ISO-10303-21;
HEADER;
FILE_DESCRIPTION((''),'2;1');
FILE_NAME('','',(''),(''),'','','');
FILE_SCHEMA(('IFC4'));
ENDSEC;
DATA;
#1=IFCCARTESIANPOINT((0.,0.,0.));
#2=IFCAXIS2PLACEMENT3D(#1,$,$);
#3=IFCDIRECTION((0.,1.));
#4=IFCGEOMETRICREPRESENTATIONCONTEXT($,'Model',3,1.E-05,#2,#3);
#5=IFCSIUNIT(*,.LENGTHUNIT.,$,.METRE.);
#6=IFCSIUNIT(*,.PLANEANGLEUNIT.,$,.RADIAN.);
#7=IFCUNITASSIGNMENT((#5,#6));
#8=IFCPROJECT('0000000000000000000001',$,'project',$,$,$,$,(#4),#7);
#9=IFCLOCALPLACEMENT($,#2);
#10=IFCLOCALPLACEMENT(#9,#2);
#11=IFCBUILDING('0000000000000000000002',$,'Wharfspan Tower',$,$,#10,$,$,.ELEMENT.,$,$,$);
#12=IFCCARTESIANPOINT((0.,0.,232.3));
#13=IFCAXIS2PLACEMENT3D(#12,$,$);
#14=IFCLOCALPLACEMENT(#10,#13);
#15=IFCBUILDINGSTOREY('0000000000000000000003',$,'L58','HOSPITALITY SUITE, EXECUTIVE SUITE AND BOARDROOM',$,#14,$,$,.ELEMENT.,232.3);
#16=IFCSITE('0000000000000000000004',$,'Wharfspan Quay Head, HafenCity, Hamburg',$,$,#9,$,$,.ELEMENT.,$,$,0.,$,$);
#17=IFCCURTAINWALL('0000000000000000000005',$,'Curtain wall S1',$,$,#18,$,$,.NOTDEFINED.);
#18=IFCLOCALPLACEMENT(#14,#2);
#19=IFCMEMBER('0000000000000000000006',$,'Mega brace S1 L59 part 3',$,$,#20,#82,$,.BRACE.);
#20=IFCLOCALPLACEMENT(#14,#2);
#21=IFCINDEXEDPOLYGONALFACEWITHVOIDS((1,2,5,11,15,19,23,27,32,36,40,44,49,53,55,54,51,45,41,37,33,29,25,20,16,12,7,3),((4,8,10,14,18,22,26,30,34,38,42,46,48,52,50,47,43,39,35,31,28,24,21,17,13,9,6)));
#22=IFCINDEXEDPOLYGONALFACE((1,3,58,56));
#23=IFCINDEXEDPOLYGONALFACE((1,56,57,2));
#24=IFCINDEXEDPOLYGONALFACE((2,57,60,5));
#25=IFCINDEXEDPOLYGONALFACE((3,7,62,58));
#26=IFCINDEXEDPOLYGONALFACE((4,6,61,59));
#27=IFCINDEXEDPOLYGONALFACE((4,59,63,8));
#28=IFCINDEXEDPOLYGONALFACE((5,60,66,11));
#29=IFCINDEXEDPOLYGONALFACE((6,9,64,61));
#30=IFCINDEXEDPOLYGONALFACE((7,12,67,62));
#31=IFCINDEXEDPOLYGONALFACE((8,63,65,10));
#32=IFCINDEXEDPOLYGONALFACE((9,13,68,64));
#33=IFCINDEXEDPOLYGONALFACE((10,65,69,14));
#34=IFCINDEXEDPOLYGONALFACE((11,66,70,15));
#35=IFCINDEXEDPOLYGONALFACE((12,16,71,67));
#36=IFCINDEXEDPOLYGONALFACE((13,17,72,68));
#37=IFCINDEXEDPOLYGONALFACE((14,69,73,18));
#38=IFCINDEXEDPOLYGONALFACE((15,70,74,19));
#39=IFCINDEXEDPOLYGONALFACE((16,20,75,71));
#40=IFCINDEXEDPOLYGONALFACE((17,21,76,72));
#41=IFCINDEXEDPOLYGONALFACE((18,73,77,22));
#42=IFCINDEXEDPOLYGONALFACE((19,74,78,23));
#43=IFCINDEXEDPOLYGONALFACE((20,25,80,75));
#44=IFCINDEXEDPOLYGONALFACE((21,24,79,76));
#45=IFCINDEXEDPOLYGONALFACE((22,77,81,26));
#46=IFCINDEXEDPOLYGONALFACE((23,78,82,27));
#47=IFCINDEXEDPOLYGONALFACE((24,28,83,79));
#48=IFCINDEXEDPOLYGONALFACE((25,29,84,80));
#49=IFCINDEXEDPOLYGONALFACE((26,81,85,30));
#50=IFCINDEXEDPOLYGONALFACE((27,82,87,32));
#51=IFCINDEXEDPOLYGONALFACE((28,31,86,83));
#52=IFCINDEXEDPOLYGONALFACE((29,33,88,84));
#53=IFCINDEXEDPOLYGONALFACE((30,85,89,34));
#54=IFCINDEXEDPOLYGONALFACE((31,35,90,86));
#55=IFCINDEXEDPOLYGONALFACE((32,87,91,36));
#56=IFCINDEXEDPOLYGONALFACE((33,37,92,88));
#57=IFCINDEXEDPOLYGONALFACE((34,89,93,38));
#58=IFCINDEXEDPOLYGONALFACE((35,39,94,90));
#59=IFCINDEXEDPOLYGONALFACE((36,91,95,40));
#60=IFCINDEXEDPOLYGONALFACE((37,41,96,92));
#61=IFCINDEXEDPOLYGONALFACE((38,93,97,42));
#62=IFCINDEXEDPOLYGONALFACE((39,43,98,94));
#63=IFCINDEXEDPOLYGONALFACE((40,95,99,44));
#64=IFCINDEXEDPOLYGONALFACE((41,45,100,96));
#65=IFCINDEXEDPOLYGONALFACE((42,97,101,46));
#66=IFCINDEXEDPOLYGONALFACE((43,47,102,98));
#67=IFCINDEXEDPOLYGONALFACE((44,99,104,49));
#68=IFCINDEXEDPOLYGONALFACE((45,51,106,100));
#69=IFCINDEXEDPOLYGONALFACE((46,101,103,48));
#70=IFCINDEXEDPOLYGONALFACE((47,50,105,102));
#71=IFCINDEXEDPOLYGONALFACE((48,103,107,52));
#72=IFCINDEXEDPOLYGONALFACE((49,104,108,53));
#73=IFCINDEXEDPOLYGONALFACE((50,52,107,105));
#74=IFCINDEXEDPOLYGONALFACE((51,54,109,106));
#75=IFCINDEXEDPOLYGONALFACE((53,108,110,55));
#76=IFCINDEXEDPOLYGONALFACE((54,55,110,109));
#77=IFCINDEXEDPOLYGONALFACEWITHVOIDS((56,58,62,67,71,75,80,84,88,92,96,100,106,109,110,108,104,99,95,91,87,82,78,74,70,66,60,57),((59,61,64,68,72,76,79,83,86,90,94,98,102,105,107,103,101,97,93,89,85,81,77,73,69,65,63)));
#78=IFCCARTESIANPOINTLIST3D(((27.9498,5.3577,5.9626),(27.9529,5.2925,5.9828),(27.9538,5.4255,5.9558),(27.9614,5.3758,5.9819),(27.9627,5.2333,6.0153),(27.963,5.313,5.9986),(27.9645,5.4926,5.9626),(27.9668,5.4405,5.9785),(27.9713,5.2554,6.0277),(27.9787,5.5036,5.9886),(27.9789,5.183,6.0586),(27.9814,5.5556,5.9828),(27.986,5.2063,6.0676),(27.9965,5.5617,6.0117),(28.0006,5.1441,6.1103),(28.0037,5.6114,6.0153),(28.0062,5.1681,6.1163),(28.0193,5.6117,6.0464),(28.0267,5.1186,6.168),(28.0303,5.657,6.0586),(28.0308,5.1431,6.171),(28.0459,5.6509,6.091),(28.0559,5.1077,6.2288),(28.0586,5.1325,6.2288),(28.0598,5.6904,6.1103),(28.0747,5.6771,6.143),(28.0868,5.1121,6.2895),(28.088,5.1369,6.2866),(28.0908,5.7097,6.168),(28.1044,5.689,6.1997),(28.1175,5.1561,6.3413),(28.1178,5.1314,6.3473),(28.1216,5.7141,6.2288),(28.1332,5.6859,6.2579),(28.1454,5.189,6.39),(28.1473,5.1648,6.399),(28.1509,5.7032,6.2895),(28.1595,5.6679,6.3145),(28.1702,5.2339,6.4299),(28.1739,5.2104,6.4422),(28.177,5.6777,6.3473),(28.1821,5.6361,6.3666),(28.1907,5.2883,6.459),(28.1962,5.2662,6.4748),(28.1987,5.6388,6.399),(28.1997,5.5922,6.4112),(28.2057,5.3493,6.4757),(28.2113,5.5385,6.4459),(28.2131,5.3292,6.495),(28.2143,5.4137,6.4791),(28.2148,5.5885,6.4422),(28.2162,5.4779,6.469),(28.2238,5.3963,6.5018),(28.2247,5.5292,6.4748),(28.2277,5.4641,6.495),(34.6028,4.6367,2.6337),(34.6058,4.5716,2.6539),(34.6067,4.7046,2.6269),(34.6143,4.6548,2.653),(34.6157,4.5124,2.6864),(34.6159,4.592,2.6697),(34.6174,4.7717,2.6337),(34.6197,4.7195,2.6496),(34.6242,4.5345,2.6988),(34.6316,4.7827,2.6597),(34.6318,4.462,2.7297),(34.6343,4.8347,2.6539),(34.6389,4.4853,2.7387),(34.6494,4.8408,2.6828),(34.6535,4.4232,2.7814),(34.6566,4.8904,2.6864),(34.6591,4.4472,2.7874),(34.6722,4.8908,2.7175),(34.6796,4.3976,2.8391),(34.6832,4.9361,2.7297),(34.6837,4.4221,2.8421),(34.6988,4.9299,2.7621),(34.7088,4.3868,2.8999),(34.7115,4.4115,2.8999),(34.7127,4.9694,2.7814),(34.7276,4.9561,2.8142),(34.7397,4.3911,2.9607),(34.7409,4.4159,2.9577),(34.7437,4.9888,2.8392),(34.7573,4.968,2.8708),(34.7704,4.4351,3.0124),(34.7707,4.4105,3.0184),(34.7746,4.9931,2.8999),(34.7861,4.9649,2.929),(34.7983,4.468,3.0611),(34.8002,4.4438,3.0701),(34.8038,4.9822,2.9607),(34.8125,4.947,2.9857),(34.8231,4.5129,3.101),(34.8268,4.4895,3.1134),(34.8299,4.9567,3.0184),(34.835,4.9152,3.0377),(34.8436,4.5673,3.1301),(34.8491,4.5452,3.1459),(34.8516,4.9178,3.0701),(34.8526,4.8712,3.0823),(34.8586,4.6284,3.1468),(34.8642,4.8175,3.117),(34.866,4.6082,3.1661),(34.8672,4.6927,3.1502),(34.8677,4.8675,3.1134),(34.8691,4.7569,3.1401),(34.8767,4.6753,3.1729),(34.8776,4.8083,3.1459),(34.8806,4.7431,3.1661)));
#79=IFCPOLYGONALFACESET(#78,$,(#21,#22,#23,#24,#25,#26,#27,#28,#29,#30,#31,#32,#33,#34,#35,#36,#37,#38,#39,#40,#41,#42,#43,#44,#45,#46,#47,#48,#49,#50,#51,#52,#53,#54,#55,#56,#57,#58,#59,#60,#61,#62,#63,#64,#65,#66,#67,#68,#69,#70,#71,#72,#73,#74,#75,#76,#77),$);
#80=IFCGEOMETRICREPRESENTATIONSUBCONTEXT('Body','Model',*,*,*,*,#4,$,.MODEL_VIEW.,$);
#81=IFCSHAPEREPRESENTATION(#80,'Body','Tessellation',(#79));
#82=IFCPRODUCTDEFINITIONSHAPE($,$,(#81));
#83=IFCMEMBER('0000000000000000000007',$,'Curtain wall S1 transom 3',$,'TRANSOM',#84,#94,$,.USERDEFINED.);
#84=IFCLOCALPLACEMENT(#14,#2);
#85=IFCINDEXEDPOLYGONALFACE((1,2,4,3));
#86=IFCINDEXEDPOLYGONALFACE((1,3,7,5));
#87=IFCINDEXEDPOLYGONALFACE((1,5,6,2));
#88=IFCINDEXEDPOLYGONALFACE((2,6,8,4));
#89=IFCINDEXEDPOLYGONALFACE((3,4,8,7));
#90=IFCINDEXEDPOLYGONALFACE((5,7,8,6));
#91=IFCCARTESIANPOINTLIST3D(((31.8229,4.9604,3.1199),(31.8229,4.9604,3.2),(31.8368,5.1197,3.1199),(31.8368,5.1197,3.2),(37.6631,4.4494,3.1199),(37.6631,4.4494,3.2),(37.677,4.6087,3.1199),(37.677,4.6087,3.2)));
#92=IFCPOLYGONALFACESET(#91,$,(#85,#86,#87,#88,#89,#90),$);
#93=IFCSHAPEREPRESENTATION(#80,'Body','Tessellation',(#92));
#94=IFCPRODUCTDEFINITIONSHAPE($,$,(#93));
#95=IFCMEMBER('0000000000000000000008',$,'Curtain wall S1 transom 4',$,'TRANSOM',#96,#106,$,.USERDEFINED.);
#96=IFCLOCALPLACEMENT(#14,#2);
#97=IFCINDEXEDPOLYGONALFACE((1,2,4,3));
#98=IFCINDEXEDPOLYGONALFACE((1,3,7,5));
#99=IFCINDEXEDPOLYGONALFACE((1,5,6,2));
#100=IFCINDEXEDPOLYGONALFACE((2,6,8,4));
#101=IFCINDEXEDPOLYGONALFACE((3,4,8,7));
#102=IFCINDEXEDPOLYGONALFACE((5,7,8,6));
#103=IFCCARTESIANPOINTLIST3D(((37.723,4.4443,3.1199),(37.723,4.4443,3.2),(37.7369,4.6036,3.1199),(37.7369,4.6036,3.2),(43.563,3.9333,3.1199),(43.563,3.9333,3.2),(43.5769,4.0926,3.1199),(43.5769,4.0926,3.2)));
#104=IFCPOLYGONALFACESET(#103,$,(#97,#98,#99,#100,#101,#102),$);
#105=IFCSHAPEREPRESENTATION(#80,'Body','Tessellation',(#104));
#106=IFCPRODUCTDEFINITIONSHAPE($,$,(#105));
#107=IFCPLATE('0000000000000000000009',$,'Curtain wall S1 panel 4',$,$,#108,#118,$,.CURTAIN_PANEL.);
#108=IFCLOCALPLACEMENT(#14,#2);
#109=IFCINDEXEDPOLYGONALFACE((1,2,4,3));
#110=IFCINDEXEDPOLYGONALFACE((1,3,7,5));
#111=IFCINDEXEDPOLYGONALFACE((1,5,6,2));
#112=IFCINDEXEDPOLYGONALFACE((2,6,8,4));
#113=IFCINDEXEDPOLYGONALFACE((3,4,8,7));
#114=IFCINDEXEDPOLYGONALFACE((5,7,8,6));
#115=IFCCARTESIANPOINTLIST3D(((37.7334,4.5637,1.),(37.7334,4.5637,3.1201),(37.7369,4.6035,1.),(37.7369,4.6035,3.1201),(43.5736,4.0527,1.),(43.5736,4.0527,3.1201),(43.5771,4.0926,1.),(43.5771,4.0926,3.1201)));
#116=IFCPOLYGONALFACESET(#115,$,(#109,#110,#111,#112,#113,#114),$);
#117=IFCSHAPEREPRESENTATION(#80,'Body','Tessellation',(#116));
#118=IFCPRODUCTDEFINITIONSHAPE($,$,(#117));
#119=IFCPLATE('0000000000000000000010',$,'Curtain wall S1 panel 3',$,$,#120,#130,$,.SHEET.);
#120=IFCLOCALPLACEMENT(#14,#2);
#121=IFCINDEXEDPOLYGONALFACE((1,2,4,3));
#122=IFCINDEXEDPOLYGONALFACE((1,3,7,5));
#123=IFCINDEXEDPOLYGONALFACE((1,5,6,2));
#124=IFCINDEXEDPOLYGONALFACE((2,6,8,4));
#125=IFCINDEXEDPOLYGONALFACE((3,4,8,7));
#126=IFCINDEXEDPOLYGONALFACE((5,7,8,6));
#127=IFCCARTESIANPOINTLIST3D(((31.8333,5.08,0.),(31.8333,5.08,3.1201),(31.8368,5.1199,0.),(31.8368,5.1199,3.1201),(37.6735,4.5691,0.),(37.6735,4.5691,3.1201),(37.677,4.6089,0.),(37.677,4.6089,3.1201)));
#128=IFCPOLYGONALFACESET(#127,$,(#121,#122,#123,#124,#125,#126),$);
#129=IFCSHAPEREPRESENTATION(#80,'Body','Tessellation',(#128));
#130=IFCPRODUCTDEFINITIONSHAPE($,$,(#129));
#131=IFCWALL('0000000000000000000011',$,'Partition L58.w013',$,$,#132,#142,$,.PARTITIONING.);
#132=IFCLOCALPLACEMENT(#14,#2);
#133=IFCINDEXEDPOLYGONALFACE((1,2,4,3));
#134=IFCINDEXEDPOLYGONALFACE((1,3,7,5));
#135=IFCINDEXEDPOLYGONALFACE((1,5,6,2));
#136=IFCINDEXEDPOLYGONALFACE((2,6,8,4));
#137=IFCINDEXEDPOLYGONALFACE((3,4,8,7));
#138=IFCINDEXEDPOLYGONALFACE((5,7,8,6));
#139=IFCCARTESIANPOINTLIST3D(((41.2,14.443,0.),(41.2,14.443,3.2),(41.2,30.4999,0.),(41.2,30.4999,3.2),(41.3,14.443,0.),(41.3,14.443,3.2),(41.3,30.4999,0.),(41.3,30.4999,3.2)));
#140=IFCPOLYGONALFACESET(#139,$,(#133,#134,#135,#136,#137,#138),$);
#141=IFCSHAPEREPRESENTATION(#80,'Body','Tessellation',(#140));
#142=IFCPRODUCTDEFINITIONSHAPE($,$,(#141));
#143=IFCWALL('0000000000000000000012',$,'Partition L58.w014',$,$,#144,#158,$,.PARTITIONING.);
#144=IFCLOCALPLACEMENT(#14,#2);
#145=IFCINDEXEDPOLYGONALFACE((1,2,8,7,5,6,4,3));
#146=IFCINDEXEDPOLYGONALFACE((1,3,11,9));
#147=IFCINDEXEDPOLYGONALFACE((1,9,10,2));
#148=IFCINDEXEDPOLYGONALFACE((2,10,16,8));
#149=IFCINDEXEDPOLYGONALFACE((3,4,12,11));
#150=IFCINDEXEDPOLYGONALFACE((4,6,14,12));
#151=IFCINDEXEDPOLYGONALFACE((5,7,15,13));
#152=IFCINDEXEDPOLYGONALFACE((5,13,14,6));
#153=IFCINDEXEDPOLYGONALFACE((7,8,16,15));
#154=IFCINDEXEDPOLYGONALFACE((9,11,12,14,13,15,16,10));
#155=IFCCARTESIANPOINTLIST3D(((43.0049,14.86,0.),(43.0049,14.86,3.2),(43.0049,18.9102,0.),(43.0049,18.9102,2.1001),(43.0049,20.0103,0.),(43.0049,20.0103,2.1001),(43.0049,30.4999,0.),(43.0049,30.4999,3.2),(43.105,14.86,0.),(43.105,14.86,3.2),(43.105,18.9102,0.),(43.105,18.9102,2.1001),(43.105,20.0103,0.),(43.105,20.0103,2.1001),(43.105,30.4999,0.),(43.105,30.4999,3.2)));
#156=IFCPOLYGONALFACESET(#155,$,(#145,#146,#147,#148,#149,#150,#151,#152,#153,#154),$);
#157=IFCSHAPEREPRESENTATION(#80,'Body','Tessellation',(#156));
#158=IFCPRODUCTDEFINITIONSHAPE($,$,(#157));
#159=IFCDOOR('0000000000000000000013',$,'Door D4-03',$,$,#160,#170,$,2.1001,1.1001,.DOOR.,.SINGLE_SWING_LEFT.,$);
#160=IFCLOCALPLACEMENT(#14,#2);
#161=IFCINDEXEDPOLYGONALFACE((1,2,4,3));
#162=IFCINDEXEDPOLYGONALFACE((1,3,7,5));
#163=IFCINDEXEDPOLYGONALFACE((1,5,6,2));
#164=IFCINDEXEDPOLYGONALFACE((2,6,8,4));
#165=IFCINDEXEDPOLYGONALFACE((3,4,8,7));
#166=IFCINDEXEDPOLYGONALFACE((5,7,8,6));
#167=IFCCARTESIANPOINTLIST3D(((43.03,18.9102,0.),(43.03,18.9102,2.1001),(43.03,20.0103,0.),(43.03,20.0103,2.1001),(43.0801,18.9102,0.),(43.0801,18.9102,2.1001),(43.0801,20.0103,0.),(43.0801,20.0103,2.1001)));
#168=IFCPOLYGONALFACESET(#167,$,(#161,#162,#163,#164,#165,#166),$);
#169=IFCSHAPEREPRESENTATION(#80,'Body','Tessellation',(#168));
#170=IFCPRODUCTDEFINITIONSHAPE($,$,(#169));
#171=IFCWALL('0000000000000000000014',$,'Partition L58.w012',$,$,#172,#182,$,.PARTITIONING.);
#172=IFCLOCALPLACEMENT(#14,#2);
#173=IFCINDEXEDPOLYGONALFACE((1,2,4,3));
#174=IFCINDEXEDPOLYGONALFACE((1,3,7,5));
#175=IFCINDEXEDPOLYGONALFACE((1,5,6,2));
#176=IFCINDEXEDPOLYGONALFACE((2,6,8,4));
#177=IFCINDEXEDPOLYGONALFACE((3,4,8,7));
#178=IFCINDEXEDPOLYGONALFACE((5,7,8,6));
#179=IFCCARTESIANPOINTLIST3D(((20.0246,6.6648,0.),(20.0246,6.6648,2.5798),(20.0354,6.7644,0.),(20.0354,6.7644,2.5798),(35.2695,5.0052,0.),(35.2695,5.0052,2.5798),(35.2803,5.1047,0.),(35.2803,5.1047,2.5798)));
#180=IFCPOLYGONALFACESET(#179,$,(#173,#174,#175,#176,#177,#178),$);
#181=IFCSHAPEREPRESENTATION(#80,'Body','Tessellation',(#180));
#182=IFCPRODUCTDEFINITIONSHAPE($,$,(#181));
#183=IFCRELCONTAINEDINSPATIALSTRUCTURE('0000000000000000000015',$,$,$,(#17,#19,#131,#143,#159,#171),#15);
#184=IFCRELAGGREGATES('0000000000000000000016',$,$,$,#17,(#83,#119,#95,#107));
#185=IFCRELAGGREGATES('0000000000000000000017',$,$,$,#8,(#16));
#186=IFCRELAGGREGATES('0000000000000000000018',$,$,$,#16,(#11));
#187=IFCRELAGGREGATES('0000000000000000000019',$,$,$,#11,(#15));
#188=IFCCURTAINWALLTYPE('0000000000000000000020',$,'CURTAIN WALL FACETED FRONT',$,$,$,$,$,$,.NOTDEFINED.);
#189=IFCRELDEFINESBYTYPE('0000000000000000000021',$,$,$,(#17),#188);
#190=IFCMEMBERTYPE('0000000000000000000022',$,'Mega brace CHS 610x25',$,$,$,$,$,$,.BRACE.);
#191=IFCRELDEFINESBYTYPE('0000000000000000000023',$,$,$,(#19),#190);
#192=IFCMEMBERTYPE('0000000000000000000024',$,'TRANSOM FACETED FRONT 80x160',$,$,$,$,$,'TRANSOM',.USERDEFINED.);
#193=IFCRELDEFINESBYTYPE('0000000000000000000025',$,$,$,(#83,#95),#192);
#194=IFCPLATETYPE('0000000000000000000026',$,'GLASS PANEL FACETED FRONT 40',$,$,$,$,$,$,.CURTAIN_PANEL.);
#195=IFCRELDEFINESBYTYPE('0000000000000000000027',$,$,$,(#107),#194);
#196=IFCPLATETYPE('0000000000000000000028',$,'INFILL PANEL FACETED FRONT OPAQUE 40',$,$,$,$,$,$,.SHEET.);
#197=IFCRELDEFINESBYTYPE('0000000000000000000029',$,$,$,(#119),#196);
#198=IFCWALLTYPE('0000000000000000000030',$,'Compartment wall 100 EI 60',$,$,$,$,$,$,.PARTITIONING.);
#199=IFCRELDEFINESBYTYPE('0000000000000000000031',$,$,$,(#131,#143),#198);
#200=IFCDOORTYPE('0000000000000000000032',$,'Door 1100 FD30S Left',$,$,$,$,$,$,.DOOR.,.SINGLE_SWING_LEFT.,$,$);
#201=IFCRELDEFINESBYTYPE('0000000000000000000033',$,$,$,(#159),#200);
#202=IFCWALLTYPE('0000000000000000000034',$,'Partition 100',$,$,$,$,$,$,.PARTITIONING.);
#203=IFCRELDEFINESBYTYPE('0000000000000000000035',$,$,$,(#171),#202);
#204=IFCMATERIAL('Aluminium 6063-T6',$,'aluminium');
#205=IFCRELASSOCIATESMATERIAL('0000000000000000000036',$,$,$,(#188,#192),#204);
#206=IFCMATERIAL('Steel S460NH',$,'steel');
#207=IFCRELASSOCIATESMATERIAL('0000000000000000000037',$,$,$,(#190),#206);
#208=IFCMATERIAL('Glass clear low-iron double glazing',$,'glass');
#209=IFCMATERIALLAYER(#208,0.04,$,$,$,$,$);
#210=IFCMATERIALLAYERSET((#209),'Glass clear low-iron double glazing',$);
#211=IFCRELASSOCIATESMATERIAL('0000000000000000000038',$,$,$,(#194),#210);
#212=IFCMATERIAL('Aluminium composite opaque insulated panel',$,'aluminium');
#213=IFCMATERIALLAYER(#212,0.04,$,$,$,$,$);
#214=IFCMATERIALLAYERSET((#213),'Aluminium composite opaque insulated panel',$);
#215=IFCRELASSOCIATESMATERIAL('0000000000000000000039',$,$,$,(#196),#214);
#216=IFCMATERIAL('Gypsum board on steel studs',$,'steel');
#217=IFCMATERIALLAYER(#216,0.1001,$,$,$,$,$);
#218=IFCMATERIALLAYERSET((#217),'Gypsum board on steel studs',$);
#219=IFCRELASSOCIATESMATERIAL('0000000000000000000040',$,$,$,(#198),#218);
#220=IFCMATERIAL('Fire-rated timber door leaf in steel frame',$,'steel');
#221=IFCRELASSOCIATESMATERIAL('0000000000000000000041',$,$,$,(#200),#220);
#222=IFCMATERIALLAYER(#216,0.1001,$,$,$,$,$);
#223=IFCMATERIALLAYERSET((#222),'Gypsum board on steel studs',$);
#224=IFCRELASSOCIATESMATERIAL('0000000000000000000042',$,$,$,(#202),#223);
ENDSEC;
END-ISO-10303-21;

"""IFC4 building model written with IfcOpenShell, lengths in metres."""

from ifc_helpers import new_model, si_unit, direction, frame, frame_2d, origin, origin_2d, place, context, subcontext, project, spatial, rectangle, hollow_circle, extrude, material, layer, layer_set, material_profile, profile_set, type_object, element, fill, aggregate, save


model = new_model("IFC4")

# Units and contexts
model_context = context("Model", 3, precision=1e-05, world=origin(), true_north=direction((0.0, 1.0)))
body_context = subcontext(model_context, "Body", "Model", "MODEL_VIEW")
ifc_project = project(units=[si_unit("LENGTHUNIT", "METRE"), si_unit("PLANEANGLEUNIT", "RADIAN")], contexts=[model_context])

# Site, building, storey
site_placement = place(None, origin())
site = spatial("IfcSite", under=ifc_project, at=site_placement, Name="Wharfspan Quay Head, HafenCity, Hamburg", CompositionType="ELEMENT", RefElevation=0.0)
building_placement = place(site_placement, origin())
building = spatial("IfcBuilding", under=site, at=building_placement, Name="Wharfspan Tower", CompositionType="ELEMENT")
storey_placement = place(building_placement, frame((0.0, 0.0, 232.3)))
storey = spatial("IfcBuildingStorey", under=building, at=storey_placement, Name="L58", Description="HOSPITALITY SUITE, EXECUTIVE SUITE AND BOARDROOM", CompositionType="ELEMENT", Elevation=232.3)

# Curtain wall
ifc_material_1 = material(Name="Aluminium 6063-T6", Category="aluminium")
curtain_wall_type = type_object("IfcCurtainWallType", Name="CURTAIN WALL FACETED FRONT", PredefinedType="NOTDEFINED", material=ifc_material_1)
curtain_wall_placement = place(storey_placement, origin())
curtain_wall = element("IfcCurtainWall", 1, at=curtain_wall_placement, inside=storey, type_object=curtain_wall_type, Name="Curtain wall S1", PredefinedType="NOTDEFINED")

# Members
ifc_material_2 = material(Name="Steel S460NH", Category="steel")
ifc_material_profile_1 = material_profile(ifc_material_2, hollow_circle(Radius=0.3049, WallThickness=0.0249, at=origin_2d()))
ifc_profile_set_1 = profile_set([ifc_material_profile_1], Name="Steel S460NH")
member_type_1 = type_object("IfcMemberType", Name="Mega brace CHS 610x25", PredefinedType="BRACE", material=ifc_profile_set_1)
member_1_placement = place(storey_placement, frame((34.7417, 4.6899, 2.8999), z_axis=(-0.890126, 0.09646, 0.445389), x_axis=(-0.107737, -0.99418, -0.000002)))
element("IfcMember", 2, at=member_1_placement, inside=storey, type_object=member_type_1, Name="Mega brace S1 L59 part 3", PredefinedType="BRACE", context=body_context, shape_type="SweptSolid", body=[
    extrude(hollow_circle(Radius=0.3049, WallThickness=0.0249, at=origin_2d()), origin(), (0.0, 0.0, 1.0), 7.4741),
])
ifc_material_profile_2 = material_profile(ifc_material_1, rectangle(XDim=0.1599, YDim=0.0801, at=origin_2d()))
ifc_profile_set_2 = profile_set([ifc_material_profile_2], Name="Aluminium 6063-T6")
member_type_2 = type_object("IfcMemberType", Name="TRANSOM FACETED FRONT 80x160", ElementType="TRANSOM", PredefinedType="USERDEFINED", material=ifc_profile_set_2)
member_2_placement = place(storey_placement, frame((31.8298, 5.04, 3.1599), z_axis=(0.996194, -0.08716, 0.0), x_axis=(0.08716, 0.996194, 0.0)))
member_2 = element("IfcMember", 3, at=member_2_placement, type_object=member_type_2, Name="Curtain wall S1 transom 3", ObjectType="TRANSOM", PredefinedType="USERDEFINED", context=body_context, shape_type="SweptSolid", body=[
    extrude(rectangle(XDim=0.1599, YDim=0.0801, at=origin_2d()), origin(), (0.0, 0.0, 1.0), 5.8625),
])
member_3_placement = place(storey_placement, frame((37.73, 4.5239, 3.1599), z_axis=(0.996194, -0.087163, 0.0), x_axis=(0.087163, 0.996194, 0.0)))
member_3 = element("IfcMember", 4, at=member_3_placement, type_object=member_type_2, Name="Curtain wall S1 transom 4", ObjectType="TRANSOM", PredefinedType="USERDEFINED", context=body_context, shape_type="SweptSolid", body=[
    extrude(rectangle(XDim=0.1599, YDim=0.0801, at=origin_2d()), origin(), (0.0, 0.0, 1.0), 5.8623),
])

# Plates
ifc_material_3 = material(Name="Glass clear low-iron double glazing", Category="glass")
ifc_layer_1 = layer(ifc_material_3, 0.04)
ifc_layer_set_1 = layer_set([ifc_layer_1], Name="Glass clear low-iron double glazing")
plate_type_1 = type_object("IfcPlateType", Name="GLASS PANEL FACETED FRONT 40", PredefinedType="CURTAIN_PANEL", material=ifc_layer_set_1)
plate_1_placement = place(storey_placement, frame((40.6553, 4.3281, 1.0), z_axis=(0.0, 0.0, 1.0), x_axis=(0.996197, -0.087156, 0.0)))
plate_1 = element("IfcPlate", 5, at=plate_1_placement, type_object=plate_type_1, Name="Curtain wall S1 panel 4", PredefinedType="CURTAIN_PANEL", context=body_context, shape_type="SweptSolid", body=[
    extrude(rectangle(XDim=5.8625, YDim=0.04, at=origin_2d()), origin(), (0.0, 0.0, 1.0), 2.1201),
])
ifc_material_4 = material(Name="Aluminium composite opaque insulated panel", Category="aluminium")
ifc_layer_2 = layer(ifc_material_4, 0.04)
ifc_layer_set_2 = layer_set([ifc_layer_2], Name="Aluminium composite opaque insulated panel")
plate_type_2 = type_object("IfcPlateType", Name="INFILL PANEL FACETED FRONT OPAQUE 40", PredefinedType="SHEET", material=ifc_layer_set_2)
plate_2_placement = place(storey_placement, frame((34.7551, 4.8445, 0.0), z_axis=(0.0, 0.0, 1.0), x_axis=(0.996197, -0.087156, 0.0)))
plate_2 = element("IfcPlate", 6, at=plate_2_placement, type_object=plate_type_2, Name="Curtain wall S1 panel 3", PredefinedType="SHEET", context=body_context, shape_type="SweptSolid", body=[
    extrude(rectangle(XDim=5.8625, YDim=0.04, at=origin_2d()), origin(), (0.0, 0.0, 1.0), 3.1201),
])
aggregate(curtain_wall, [member_2, plate_2, member_3, plate_1])

# Wall
ifc_material_5 = material(Name="Gypsum board on steel studs", Category="steel")
ifc_layer_3 = layer(ifc_material_5, 0.1001)
ifc_layer_set_3 = layer_set([ifc_layer_3], Name="Gypsum board on steel studs")
wall_type_1 = type_object("IfcWallType", Name="Compartment wall 100 EI 60", PredefinedType="PARTITIONING", material=ifc_layer_set_3)
wall_1_placement = place(storey_placement, frame((41.25, 14.4431, 0.0), z_axis=(0.0, 0.0, 1.0), x_axis=(0.0, 1.0, 0.0)))
element("IfcWall", 7, at=wall_1_placement, inside=storey, type_object=wall_type_1, Name="Partition L58.w013", PredefinedType="PARTITIONING", context=body_context, shape_type="SweptSolid", body=[
    extrude(rectangle(XDim=16.0569, YDim=0.1001, at=frame_2d((8.0283, 0.0))), origin(), (0.0, 0.0, 1.0), 3.2),
])

# Wall, opening, door
wall_2_placement = place(storey_placement, frame((43.0549, 14.8601, 0.0), z_axis=(0.0, 0.0, 1.0), x_axis=(0.0, 1.0, 0.0)))
wall_2 = element("IfcWall", 8, at=wall_2_placement, inside=storey, type_object=wall_type_1, Name="Partition L58.w014", PredefinedType="PARTITIONING", context=body_context, shape_type="SweptSolid", body=[
    extrude(rectangle(XDim=15.6399, YDim=0.1001, at=frame_2d((7.8198, 0.0))), origin(), (0.0, 0.0, 1.0), 3.2),
])
opening_1_placement = place(wall_2_placement, frame((4.05, 0.0, 0.0)))
opening_1 = element("IfcOpeningElement", 9, at=opening_1_placement, cuts=wall_2, PredefinedType="OPENING", context=body_context, shape_type="SweptSolid", body=[
    extrude(rectangle(XDim=1.1001, YDim=2.1001, at=frame_2d((0.55, 1.05))), frame((0.0, 0.0601, 0.0), z_axis=(0.0, -1.0, 0.0), x_axis=(1.0, 0.0, 0.0)), (0.0, 0.0, 1.0), 0.1201),
])
ifc_material_6 = material(Name="Fire-rated timber door leaf in steel frame", Category="steel")
door_type_1 = type_object("IfcDoorType", Name="Door 1100 FD30S Left", OperationType="SINGLE_SWING_LEFT", PredefinedType="DOOR", material=ifc_material_6)
door_1_placement = place(opening_1_placement, origin())
door_1 = element("IfcDoor", 10, at=door_1_placement, inside=storey, type_object=door_type_1, Name="Door D4-03", OperationType="SINGLE_SWING_LEFT", OverallHeight=2.1001, OverallWidth=1.1001, PredefinedType="DOOR", context=body_context, shape_type="SweptSolid", body=[
    extrude(rectangle(XDim=1.1001, YDim=2.1001, at=frame_2d((0.55, 1.05))), frame((0.0, 0.0249, 0.0), z_axis=(0.0, -1.0, 0.0), x_axis=(1.0, 0.0, 0.0)), (0.0, 0.0, 1.0), 0.05),
])
fill(opening_1, door_1)

# Wall
ifc_layer_4 = layer(ifc_material_5, 0.1001)
ifc_layer_set_4 = layer_set([ifc_layer_4], Name="Gypsum board on steel studs")
wall_type_2 = type_object("IfcWallType", Name="Partition 100", PredefinedType="PARTITIONING", material=ifc_layer_set_4)
wall_3_placement = place(storey_placement, frame((35.2749, 5.0549, 0.0), z_axis=(0.0, 0.0, 1.0), x_axis=(-0.994128, 0.108228, 0.0)))
element("IfcWall", 11, at=wall_3_placement, inside=storey, type_object=wall_type_2, Name="Partition L58.w012", PredefinedType="PARTITIONING", context=body_context, shape_type="SweptSolid", body=[
    extrude(rectangle(XDim=15.335, YDim=0.1001, at=frame_2d((7.6675, 0.0))), origin(), (0.0, 0.0, 1.0), 2.5798),
])

save(model, "model.ifc")
